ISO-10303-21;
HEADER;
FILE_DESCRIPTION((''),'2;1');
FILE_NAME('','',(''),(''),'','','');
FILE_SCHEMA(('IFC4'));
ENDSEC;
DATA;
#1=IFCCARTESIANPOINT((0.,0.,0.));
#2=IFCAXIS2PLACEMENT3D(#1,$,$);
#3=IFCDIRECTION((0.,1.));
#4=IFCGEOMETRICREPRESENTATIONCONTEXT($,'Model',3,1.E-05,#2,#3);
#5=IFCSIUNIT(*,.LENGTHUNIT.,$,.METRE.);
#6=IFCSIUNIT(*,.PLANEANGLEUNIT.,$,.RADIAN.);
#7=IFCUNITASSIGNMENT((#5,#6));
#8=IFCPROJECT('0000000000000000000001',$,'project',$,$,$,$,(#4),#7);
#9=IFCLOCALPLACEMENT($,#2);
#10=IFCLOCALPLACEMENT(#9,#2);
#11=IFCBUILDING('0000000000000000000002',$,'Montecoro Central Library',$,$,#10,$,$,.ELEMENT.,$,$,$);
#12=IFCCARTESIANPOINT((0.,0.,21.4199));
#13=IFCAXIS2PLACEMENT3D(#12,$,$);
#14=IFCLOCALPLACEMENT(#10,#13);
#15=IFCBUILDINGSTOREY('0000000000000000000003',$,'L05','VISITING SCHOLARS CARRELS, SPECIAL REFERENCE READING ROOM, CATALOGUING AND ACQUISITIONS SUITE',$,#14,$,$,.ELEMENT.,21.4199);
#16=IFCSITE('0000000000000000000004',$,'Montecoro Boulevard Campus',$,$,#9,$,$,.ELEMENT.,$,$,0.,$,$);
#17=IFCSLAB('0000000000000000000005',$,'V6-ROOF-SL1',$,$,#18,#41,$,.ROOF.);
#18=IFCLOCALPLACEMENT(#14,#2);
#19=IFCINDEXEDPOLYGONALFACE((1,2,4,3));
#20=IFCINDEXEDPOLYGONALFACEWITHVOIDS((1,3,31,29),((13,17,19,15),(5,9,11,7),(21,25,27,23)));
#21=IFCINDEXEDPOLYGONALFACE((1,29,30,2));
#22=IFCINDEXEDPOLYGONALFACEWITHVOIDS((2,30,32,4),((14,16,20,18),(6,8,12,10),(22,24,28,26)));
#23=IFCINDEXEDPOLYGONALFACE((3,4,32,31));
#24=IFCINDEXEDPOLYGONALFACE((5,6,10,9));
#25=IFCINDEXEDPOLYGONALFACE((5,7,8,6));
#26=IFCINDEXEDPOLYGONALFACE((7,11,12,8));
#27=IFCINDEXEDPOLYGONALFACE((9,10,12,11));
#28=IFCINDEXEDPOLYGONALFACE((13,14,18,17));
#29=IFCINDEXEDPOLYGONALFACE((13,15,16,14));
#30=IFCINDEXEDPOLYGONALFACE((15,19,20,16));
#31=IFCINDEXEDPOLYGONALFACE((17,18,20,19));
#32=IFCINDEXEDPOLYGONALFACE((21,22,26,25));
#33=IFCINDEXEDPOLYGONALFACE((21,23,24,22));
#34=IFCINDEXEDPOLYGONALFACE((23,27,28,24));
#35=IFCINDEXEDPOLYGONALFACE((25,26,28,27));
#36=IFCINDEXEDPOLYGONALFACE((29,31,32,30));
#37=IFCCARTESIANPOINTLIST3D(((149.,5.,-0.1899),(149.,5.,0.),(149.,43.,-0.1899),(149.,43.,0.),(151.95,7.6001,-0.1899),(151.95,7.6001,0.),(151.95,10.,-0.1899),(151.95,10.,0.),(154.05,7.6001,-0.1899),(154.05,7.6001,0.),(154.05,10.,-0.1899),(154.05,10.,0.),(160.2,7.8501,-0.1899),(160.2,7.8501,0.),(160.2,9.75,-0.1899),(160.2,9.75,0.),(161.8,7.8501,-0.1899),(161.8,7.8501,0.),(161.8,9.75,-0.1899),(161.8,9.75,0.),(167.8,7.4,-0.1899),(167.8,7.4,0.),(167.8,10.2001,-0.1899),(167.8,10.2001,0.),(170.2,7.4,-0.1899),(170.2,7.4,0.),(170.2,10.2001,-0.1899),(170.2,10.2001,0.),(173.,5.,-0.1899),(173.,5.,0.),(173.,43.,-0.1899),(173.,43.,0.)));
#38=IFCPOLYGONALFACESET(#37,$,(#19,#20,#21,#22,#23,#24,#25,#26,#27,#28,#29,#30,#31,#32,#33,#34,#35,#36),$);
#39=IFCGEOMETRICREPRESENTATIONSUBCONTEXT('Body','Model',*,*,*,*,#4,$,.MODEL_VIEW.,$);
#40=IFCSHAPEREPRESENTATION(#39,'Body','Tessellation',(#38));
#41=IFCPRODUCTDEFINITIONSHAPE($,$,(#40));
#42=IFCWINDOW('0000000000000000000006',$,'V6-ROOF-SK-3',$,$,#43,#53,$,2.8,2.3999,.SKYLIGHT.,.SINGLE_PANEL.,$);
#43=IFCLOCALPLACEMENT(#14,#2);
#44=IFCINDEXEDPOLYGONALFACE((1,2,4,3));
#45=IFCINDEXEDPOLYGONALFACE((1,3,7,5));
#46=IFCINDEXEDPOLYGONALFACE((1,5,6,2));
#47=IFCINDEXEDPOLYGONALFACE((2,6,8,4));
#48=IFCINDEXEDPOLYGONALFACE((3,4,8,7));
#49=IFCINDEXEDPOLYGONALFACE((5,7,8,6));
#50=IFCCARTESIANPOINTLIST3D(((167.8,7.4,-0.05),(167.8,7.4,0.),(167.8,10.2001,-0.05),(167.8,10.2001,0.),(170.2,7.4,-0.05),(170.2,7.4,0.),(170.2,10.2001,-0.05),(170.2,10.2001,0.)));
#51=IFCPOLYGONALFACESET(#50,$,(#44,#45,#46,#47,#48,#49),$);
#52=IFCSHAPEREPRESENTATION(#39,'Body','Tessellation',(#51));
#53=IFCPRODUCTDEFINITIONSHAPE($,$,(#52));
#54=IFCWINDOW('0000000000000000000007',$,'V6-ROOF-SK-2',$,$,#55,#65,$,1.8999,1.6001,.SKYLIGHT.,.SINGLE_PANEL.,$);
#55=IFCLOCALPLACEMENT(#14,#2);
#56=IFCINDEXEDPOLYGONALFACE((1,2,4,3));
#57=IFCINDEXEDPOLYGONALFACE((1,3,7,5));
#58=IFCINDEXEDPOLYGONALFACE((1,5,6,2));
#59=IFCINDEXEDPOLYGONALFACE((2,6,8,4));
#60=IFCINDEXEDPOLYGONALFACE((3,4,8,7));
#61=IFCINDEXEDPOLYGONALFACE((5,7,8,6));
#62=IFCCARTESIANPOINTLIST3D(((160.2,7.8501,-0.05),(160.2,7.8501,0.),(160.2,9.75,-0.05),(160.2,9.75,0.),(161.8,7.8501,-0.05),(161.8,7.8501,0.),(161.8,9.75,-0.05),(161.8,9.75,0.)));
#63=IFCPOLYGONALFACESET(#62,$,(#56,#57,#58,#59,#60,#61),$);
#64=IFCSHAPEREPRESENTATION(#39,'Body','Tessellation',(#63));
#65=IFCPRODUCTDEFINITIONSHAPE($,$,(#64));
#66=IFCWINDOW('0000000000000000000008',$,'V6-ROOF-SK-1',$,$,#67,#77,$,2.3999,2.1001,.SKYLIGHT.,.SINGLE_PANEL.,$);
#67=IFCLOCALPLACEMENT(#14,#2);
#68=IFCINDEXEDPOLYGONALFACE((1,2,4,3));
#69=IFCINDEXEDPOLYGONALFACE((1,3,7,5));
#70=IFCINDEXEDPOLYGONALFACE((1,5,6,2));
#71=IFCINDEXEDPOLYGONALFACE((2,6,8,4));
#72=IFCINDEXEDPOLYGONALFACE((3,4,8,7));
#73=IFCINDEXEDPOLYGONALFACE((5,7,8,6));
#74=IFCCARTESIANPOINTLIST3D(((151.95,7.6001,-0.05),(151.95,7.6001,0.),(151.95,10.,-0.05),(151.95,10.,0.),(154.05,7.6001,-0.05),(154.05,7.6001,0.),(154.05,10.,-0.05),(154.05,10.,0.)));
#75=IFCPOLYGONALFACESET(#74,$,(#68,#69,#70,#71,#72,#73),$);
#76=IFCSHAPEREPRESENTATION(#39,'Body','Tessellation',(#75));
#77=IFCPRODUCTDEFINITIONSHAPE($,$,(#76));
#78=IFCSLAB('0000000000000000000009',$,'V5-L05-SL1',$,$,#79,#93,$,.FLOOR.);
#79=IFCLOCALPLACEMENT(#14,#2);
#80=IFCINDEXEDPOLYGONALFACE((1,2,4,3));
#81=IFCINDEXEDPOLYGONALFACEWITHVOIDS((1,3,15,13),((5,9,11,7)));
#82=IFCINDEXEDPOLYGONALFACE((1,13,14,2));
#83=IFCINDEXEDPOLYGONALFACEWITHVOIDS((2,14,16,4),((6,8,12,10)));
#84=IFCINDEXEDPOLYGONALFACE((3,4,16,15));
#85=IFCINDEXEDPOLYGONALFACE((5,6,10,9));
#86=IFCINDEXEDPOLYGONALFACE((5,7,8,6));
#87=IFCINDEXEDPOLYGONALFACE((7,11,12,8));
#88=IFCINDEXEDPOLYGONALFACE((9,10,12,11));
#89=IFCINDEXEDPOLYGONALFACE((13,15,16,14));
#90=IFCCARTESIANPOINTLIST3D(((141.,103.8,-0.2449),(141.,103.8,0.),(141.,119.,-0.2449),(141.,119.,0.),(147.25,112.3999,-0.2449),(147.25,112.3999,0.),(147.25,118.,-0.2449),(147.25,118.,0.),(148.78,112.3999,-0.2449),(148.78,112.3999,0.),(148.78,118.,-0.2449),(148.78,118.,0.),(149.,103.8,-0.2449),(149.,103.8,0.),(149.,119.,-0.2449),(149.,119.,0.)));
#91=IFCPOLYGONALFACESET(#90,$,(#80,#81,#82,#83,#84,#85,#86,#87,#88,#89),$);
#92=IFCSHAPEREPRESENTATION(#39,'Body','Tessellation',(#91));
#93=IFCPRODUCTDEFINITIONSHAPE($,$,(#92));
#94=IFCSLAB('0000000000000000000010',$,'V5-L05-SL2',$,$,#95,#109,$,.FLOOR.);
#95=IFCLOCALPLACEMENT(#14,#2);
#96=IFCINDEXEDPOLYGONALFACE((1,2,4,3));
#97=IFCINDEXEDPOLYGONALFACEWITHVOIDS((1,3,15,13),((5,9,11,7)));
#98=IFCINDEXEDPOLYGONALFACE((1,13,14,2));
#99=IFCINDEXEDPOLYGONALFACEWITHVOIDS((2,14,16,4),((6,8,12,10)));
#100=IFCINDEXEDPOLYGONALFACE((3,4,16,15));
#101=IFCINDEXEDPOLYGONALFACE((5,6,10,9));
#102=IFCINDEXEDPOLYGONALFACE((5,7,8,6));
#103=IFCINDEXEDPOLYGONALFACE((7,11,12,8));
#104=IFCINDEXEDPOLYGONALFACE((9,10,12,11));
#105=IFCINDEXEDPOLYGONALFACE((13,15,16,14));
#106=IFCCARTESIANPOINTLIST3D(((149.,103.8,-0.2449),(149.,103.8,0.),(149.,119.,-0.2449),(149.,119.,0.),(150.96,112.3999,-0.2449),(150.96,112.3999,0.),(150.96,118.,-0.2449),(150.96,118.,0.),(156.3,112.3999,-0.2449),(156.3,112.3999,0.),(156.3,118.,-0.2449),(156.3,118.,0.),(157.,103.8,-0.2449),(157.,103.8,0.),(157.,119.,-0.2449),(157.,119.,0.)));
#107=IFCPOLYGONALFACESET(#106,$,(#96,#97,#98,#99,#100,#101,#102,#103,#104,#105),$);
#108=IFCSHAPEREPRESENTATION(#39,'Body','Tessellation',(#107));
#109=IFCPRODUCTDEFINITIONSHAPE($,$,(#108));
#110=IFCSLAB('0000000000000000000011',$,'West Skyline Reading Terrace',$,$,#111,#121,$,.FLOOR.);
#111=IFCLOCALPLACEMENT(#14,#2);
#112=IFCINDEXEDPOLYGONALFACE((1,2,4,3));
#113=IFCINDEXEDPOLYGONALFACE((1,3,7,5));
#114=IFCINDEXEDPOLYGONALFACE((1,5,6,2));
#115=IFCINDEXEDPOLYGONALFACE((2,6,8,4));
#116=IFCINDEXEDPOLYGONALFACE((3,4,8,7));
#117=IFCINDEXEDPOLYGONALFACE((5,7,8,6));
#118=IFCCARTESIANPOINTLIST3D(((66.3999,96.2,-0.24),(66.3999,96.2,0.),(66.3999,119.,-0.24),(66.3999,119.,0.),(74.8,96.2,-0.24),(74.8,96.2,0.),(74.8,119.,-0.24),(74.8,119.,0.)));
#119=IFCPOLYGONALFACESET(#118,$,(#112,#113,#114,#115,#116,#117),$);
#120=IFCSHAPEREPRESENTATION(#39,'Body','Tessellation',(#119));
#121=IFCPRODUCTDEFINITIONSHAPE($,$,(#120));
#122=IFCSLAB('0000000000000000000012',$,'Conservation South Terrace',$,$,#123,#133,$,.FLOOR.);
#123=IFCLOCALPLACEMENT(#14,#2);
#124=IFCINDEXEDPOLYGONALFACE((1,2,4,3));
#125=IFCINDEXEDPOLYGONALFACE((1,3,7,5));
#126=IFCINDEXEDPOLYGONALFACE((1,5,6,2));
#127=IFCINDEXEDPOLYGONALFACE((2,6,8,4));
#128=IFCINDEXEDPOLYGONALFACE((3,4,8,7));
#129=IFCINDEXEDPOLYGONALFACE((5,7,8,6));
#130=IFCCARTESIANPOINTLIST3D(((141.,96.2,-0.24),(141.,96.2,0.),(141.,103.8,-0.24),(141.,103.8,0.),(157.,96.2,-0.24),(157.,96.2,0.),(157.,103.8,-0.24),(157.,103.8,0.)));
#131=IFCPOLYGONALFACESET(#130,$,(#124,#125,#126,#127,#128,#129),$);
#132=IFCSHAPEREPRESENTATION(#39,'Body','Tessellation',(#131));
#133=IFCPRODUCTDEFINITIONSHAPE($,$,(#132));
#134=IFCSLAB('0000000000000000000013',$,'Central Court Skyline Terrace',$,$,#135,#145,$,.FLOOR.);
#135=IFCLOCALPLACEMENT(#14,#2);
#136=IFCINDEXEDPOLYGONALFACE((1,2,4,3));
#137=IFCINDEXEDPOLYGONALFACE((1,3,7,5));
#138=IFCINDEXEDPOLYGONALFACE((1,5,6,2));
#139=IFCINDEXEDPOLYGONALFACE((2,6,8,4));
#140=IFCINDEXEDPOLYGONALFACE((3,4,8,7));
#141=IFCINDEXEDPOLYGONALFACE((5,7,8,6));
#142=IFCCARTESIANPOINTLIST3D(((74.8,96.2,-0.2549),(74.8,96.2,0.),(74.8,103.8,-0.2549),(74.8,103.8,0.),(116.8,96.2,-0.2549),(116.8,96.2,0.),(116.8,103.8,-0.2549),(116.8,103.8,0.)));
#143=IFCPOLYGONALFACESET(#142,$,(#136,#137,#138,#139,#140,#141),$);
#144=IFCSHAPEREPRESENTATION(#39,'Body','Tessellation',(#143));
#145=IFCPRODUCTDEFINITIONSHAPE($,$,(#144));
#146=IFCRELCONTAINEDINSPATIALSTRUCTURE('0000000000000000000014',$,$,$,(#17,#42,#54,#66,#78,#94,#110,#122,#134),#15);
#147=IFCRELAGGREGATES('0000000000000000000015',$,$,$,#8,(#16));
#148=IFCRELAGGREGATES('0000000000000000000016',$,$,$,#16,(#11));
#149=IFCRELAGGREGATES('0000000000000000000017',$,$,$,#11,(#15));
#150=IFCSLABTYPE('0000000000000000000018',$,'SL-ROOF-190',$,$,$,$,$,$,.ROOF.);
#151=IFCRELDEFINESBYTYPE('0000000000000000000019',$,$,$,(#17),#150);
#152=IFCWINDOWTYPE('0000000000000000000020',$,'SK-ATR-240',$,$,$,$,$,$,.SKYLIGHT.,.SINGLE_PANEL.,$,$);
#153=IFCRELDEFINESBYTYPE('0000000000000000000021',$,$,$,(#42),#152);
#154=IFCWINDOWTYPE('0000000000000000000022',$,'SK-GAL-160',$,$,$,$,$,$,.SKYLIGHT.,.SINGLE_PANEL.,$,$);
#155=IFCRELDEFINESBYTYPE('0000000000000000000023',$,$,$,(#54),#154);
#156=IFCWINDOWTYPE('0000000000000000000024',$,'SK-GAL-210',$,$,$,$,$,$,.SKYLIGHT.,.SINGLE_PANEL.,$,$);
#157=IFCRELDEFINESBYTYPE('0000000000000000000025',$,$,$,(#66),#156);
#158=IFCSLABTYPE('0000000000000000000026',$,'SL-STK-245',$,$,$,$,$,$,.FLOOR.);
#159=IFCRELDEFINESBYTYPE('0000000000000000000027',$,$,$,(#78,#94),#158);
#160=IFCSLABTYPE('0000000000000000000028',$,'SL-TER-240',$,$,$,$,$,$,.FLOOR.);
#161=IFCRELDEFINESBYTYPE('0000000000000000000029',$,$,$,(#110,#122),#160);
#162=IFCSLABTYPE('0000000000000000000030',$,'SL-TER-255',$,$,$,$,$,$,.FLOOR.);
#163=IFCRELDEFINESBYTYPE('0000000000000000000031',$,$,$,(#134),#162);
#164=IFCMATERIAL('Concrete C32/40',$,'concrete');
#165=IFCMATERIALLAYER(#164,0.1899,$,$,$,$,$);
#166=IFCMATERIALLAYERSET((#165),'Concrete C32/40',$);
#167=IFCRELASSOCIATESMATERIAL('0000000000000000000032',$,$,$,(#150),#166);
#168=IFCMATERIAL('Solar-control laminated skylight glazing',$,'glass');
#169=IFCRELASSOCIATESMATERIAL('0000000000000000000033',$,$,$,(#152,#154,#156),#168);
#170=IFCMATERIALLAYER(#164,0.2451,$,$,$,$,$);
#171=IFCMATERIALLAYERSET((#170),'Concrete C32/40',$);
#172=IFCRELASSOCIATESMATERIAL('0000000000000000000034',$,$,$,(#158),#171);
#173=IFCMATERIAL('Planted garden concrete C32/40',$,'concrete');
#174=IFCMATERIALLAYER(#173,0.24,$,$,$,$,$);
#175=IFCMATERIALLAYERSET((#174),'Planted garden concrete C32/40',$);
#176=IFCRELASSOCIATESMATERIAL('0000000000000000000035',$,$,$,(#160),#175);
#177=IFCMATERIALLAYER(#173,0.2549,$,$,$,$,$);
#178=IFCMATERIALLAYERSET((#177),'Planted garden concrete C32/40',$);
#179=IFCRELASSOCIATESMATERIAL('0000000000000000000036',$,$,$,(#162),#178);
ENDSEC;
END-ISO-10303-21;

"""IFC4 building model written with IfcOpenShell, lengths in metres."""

from ifc_helpers import new_model, si_unit, direction, frame, origin, origin_2d, place, context, subcontext, project, spatial, polyline, rectangle, outline, extrude, material, layer, layer_set, type_object, element, fill, save


model = new_model("IFC4")

# Units and contexts
model_context = context("Model", 3, precision=1e-05, world=origin(), true_north=direction((0.0, 1.0)))
body_context = subcontext(model_context, "Body", "Model", "MODEL_VIEW")
ifc_project = project(units=[si_unit("LENGTHUNIT", "METRE"), si_unit("PLANEANGLEUNIT", "RADIAN")], contexts=[model_context])

# Site, building, storey
site_placement = place(None, origin())
site = spatial("IfcSite", under=ifc_project, at=site_placement, Name="Montecoro Boulevard Campus", CompositionType="ELEMENT", RefElevation=0.0)
building_placement = place(site_placement, origin())
building = spatial("IfcBuilding", under=site, at=building_placement, Name="Montecoro Central Library", CompositionType="ELEMENT")
storey_placement = place(building_placement, frame((0.0, 0.0, 21.4199)))
storey = spatial("IfcBuildingStorey", under=building, at=storey_placement, Name="L05", Description="VISITING SCHOLARS CARRELS, SPECIAL REFERENCE READING ROOM, CATALOGUING AND ACQUISITIONS SUITE", CompositionType="ELEMENT", Elevation=21.4199)

# Shared definitions
ifc_material_1 = material(Name="Concrete C32/40", Category="concrete")

# Slab, openings, windows
ifc_layer_1 = layer(ifc_material_1, 0.1899)
ifc_layer_set_1 = layer_set([ifc_layer_1], Name="Concrete C32/40")
slab_type_1 = type_object("IfcSlabType", Name="SL-ROOF-190", PredefinedType="ROOF", material=ifc_layer_set_1)
slab_1_placement = place(storey_placement, frame((0.0, 0.0, -0.1899)))
slab_1 = element("IfcSlab", 1, at=slab_1_placement, inside=storey, type_object=slab_type_1, Name="V6-ROOF-SL1", PredefinedType="ROOF", context=body_context, shape_type="SweptSolid", body=[
    extrude(outline(polyline([(149.0, 5.0), (173.0, 5.0), (173.0, 43.0), (149.0, 43.0), (149.0, 5.0)])), origin(), (0.0, 0.0, 1.0), 0.1899),
])
opening_1_placement = place(slab_1_placement, frame((153.0, 8.8, 0.0)))
opening_1 = element("IfcOpeningElement", 2, at=opening_1_placement, cuts=slab_1, PredefinedType="OPENING", context=body_context, shape_type="SweptSolid", body=[
    extrude(rectangle(XDim=2.1001, YDim=2.3999, at=origin_2d()), frame((0.0, 0.0, -0.01)), (0.0, 0.0, 1.0), 0.21),
])
opening_2_placement = place(slab_1_placement, frame((161.0, 8.8, 0.0)))
opening_2 = element("IfcOpeningElement", 3, at=opening_2_placement, cuts=slab_1, PredefinedType="OPENING", context=body_context, shape_type="SweptSolid", body=[
    extrude(rectangle(XDim=1.6001, YDim=1.8999, at=origin_2d()), frame((0.0, 0.0, -0.01)), (0.0, 0.0, 1.0), 0.21),
])
opening_3_placement = place(slab_1_placement, frame((169.0, 8.8, 0.0)))
opening_3 = element("IfcOpeningElement", 4, at=opening_3_placement, cuts=slab_1, PredefinedType="OPENING", context=body_context, shape_type="SweptSolid", body=[
    extrude(rectangle(XDim=2.3999, YDim=2.8, at=origin_2d()), frame((0.0, 0.0, -0.01)), (0.0, 0.0, 1.0), 0.21),
])
ifc_material_2 = material(Name="Solar-control laminated skylight glazing", Category="glass")
window_type_1 = type_object("IfcWindowType", Name="SK-ATR-240", PartitioningType="SINGLE_PANEL", PredefinedType="SKYLIGHT", material=ifc_material_2)
window_1_placement = place(opening_3_placement, frame((0.0, 0.0, 0.1399)))
window_1 = element("IfcWindow", 5, at=window_1_placement, inside=storey, type_object=window_type_1, Name="V6-ROOF-SK-3", OverallHeight=2.8, OverallWidth=2.3999, PartitioningType="SINGLE_PANEL", PredefinedType="SKYLIGHT", context=body_context, shape_type="SweptSolid", body=[
    extrude(rectangle(XDim=2.3999, YDim=2.8, at=origin_2d()), origin(), (0.0, 0.0, 1.0), 0.05),
])
fill(opening_3, window_1)
window_type_2 = type_object("IfcWindowType", Name="SK-GAL-160", PartitioningType="SINGLE_PANEL", PredefinedType="SKYLIGHT", material=ifc_material_2)
window_2_placement = place(opening_2_placement, frame((0.0, 0.0, 0.1399)))
window_2 = element("IfcWindow", 6, at=window_2_placement, inside=storey, type_object=window_type_2, Name="V6-ROOF-SK-2", OverallHeight=1.8999, OverallWidth=1.6001, PartitioningType="SINGLE_PANEL", PredefinedType="SKYLIGHT", context=body_context, shape_type="SweptSolid", body=[
    extrude(rectangle(XDim=1.6001, YDim=1.8999, at=origin_2d()), origin(), (0.0, 0.0, 1.0), 0.05),
])
fill(opening_2, window_2)
window_type_3 = type_object("IfcWindowType", Name="SK-GAL-210", PartitioningType="SINGLE_PANEL", PredefinedType="SKYLIGHT", material=ifc_material_2)
window_3_placement = place(opening_1_placement, frame((0.0, 0.0, 0.1399)))
window_3 = element("IfcWindow", 7, at=window_3_placement, inside=storey, type_object=window_type_3, Name="V6-ROOF-SK-1", OverallHeight=2.3999, OverallWidth=2.1001, PartitioningType="SINGLE_PANEL", PredefinedType="SKYLIGHT", context=body_context, shape_type="SweptSolid", body=[
    extrude(rectangle(XDim=2.1001, YDim=2.3999, at=origin_2d()), origin(), (0.0, 0.0, 1.0), 0.05),
])
fill(opening_1, window_3)

# Slabs
ifc_layer_2 = layer(ifc_material_1, 0.2451)
ifc_layer_set_2 = layer_set([ifc_layer_2], Name="Concrete C32/40")
slab_type_2 = type_object("IfcSlabType", Name="SL-STK-245", PredefinedType="FLOOR", material=ifc_layer_set_2)
slab_2_placement = place(storey_placement, frame((0.0, 0.0, -0.2449)))
element("IfcSlab", 8, at=slab_2_placement, inside=storey, type_object=slab_type_2, Name="V5-L05-SL1", PredefinedType="FLOOR", context=body_context, shape_type="SweptSolid", body=[
    extrude(outline(polyline([(141.0, 103.8), (149.0, 103.8), (149.0, 119.0), (141.0, 119.0), (141.0, 103.8)]), holes=[polyline([(147.25, 118.0), (148.78, 118.0), (148.78, 112.3999), (147.25, 112.3999), (147.25, 118.0)])]), origin(), (0.0, 0.0, 1.0), 0.2449),
])
slab_3_placement = place(storey_placement, frame((0.0, 0.0, -0.2449)))
element("IfcSlab", 9, at=slab_3_placement, inside=storey, type_object=slab_type_2, Name="V5-L05-SL2", PredefinedType="FLOOR", context=body_context, shape_type="SweptSolid", body=[
    extrude(outline(polyline([(149.0, 103.8), (157.0, 103.8), (157.0, 119.0), (149.0, 119.0), (149.0, 103.8)]), holes=[polyline([(150.96, 118.0), (156.3, 118.0), (156.3, 112.3999), (150.96, 112.3999), (150.96, 118.0)])]), origin(), (0.0, 0.0, 1.0), 0.2449),
])
ifc_material_3 = material(Name="Planted garden concrete C32/40", Category="concrete")
ifc_layer_3 = layer(ifc_material_3, 0.24)
ifc_layer_set_3 = layer_set([ifc_layer_3], Name="Planted garden concrete C32/40")
slab_type_3 = type_object("IfcSlabType", Name="SL-TER-240", PredefinedType="FLOOR", material=ifc_layer_set_3)
slab_4_placement = place(storey_placement, frame((0.0, 0.0, -0.24)))
element("IfcSlab", 10, at=slab_4_placement, inside=storey, type_object=slab_type_3, Name="West Skyline Reading Terrace", PredefinedType="FLOOR", context=body_context, shape_type="SweptSolid", body=[
    extrude(outline(polyline([(66.3999, 96.2), (74.8, 96.2), (74.8, 119.0), (66.3999, 119.0), (66.3999, 96.2)])), origin(), (0.0, 0.0, 1.0), 0.24),
])
slab_5_placement = place(storey_placement, frame((0.0, 0.0, -0.24)))
element("IfcSlab", 11, at=slab_5_placement, inside=storey, type_object=slab_type_3, Name="Conservation South Terrace", PredefinedType="FLOOR", context=body_context, shape_type="SweptSolid", body=[
    extrude(outline(polyline([(141.0, 96.2), (157.0, 96.2), (157.0, 103.8), (141.0, 103.8), (141.0, 96.2)])), origin(), (0.0, 0.0, 1.0), 0.24),
])
ifc_layer_4 = layer(ifc_material_3, 0.2549)
ifc_layer_set_4 = layer_set([ifc_layer_4], Name="Planted garden concrete C32/40")
slab_type_4 = type_object("IfcSlabType", Name="SL-TER-255", PredefinedType="FLOOR", material=ifc_layer_set_4)
slab_6_placement = place(storey_placement, frame((0.0, 0.0, -0.2549)))
element("IfcSlab", 12, at=slab_6_placement, inside=storey, type_object=slab_type_4, Name="Central Court Skyline Terrace", PredefinedType="FLOOR", context=body_context, shape_type="SweptSolid", body=[
    extrude(outline(polyline([(74.8, 96.2), (116.8, 96.2), (116.8, 103.8), (74.8, 103.8), (74.8, 96.2)])), origin(), (0.0, 0.0, 1.0), 0.2549),
])

save(model, "model.ifc")
